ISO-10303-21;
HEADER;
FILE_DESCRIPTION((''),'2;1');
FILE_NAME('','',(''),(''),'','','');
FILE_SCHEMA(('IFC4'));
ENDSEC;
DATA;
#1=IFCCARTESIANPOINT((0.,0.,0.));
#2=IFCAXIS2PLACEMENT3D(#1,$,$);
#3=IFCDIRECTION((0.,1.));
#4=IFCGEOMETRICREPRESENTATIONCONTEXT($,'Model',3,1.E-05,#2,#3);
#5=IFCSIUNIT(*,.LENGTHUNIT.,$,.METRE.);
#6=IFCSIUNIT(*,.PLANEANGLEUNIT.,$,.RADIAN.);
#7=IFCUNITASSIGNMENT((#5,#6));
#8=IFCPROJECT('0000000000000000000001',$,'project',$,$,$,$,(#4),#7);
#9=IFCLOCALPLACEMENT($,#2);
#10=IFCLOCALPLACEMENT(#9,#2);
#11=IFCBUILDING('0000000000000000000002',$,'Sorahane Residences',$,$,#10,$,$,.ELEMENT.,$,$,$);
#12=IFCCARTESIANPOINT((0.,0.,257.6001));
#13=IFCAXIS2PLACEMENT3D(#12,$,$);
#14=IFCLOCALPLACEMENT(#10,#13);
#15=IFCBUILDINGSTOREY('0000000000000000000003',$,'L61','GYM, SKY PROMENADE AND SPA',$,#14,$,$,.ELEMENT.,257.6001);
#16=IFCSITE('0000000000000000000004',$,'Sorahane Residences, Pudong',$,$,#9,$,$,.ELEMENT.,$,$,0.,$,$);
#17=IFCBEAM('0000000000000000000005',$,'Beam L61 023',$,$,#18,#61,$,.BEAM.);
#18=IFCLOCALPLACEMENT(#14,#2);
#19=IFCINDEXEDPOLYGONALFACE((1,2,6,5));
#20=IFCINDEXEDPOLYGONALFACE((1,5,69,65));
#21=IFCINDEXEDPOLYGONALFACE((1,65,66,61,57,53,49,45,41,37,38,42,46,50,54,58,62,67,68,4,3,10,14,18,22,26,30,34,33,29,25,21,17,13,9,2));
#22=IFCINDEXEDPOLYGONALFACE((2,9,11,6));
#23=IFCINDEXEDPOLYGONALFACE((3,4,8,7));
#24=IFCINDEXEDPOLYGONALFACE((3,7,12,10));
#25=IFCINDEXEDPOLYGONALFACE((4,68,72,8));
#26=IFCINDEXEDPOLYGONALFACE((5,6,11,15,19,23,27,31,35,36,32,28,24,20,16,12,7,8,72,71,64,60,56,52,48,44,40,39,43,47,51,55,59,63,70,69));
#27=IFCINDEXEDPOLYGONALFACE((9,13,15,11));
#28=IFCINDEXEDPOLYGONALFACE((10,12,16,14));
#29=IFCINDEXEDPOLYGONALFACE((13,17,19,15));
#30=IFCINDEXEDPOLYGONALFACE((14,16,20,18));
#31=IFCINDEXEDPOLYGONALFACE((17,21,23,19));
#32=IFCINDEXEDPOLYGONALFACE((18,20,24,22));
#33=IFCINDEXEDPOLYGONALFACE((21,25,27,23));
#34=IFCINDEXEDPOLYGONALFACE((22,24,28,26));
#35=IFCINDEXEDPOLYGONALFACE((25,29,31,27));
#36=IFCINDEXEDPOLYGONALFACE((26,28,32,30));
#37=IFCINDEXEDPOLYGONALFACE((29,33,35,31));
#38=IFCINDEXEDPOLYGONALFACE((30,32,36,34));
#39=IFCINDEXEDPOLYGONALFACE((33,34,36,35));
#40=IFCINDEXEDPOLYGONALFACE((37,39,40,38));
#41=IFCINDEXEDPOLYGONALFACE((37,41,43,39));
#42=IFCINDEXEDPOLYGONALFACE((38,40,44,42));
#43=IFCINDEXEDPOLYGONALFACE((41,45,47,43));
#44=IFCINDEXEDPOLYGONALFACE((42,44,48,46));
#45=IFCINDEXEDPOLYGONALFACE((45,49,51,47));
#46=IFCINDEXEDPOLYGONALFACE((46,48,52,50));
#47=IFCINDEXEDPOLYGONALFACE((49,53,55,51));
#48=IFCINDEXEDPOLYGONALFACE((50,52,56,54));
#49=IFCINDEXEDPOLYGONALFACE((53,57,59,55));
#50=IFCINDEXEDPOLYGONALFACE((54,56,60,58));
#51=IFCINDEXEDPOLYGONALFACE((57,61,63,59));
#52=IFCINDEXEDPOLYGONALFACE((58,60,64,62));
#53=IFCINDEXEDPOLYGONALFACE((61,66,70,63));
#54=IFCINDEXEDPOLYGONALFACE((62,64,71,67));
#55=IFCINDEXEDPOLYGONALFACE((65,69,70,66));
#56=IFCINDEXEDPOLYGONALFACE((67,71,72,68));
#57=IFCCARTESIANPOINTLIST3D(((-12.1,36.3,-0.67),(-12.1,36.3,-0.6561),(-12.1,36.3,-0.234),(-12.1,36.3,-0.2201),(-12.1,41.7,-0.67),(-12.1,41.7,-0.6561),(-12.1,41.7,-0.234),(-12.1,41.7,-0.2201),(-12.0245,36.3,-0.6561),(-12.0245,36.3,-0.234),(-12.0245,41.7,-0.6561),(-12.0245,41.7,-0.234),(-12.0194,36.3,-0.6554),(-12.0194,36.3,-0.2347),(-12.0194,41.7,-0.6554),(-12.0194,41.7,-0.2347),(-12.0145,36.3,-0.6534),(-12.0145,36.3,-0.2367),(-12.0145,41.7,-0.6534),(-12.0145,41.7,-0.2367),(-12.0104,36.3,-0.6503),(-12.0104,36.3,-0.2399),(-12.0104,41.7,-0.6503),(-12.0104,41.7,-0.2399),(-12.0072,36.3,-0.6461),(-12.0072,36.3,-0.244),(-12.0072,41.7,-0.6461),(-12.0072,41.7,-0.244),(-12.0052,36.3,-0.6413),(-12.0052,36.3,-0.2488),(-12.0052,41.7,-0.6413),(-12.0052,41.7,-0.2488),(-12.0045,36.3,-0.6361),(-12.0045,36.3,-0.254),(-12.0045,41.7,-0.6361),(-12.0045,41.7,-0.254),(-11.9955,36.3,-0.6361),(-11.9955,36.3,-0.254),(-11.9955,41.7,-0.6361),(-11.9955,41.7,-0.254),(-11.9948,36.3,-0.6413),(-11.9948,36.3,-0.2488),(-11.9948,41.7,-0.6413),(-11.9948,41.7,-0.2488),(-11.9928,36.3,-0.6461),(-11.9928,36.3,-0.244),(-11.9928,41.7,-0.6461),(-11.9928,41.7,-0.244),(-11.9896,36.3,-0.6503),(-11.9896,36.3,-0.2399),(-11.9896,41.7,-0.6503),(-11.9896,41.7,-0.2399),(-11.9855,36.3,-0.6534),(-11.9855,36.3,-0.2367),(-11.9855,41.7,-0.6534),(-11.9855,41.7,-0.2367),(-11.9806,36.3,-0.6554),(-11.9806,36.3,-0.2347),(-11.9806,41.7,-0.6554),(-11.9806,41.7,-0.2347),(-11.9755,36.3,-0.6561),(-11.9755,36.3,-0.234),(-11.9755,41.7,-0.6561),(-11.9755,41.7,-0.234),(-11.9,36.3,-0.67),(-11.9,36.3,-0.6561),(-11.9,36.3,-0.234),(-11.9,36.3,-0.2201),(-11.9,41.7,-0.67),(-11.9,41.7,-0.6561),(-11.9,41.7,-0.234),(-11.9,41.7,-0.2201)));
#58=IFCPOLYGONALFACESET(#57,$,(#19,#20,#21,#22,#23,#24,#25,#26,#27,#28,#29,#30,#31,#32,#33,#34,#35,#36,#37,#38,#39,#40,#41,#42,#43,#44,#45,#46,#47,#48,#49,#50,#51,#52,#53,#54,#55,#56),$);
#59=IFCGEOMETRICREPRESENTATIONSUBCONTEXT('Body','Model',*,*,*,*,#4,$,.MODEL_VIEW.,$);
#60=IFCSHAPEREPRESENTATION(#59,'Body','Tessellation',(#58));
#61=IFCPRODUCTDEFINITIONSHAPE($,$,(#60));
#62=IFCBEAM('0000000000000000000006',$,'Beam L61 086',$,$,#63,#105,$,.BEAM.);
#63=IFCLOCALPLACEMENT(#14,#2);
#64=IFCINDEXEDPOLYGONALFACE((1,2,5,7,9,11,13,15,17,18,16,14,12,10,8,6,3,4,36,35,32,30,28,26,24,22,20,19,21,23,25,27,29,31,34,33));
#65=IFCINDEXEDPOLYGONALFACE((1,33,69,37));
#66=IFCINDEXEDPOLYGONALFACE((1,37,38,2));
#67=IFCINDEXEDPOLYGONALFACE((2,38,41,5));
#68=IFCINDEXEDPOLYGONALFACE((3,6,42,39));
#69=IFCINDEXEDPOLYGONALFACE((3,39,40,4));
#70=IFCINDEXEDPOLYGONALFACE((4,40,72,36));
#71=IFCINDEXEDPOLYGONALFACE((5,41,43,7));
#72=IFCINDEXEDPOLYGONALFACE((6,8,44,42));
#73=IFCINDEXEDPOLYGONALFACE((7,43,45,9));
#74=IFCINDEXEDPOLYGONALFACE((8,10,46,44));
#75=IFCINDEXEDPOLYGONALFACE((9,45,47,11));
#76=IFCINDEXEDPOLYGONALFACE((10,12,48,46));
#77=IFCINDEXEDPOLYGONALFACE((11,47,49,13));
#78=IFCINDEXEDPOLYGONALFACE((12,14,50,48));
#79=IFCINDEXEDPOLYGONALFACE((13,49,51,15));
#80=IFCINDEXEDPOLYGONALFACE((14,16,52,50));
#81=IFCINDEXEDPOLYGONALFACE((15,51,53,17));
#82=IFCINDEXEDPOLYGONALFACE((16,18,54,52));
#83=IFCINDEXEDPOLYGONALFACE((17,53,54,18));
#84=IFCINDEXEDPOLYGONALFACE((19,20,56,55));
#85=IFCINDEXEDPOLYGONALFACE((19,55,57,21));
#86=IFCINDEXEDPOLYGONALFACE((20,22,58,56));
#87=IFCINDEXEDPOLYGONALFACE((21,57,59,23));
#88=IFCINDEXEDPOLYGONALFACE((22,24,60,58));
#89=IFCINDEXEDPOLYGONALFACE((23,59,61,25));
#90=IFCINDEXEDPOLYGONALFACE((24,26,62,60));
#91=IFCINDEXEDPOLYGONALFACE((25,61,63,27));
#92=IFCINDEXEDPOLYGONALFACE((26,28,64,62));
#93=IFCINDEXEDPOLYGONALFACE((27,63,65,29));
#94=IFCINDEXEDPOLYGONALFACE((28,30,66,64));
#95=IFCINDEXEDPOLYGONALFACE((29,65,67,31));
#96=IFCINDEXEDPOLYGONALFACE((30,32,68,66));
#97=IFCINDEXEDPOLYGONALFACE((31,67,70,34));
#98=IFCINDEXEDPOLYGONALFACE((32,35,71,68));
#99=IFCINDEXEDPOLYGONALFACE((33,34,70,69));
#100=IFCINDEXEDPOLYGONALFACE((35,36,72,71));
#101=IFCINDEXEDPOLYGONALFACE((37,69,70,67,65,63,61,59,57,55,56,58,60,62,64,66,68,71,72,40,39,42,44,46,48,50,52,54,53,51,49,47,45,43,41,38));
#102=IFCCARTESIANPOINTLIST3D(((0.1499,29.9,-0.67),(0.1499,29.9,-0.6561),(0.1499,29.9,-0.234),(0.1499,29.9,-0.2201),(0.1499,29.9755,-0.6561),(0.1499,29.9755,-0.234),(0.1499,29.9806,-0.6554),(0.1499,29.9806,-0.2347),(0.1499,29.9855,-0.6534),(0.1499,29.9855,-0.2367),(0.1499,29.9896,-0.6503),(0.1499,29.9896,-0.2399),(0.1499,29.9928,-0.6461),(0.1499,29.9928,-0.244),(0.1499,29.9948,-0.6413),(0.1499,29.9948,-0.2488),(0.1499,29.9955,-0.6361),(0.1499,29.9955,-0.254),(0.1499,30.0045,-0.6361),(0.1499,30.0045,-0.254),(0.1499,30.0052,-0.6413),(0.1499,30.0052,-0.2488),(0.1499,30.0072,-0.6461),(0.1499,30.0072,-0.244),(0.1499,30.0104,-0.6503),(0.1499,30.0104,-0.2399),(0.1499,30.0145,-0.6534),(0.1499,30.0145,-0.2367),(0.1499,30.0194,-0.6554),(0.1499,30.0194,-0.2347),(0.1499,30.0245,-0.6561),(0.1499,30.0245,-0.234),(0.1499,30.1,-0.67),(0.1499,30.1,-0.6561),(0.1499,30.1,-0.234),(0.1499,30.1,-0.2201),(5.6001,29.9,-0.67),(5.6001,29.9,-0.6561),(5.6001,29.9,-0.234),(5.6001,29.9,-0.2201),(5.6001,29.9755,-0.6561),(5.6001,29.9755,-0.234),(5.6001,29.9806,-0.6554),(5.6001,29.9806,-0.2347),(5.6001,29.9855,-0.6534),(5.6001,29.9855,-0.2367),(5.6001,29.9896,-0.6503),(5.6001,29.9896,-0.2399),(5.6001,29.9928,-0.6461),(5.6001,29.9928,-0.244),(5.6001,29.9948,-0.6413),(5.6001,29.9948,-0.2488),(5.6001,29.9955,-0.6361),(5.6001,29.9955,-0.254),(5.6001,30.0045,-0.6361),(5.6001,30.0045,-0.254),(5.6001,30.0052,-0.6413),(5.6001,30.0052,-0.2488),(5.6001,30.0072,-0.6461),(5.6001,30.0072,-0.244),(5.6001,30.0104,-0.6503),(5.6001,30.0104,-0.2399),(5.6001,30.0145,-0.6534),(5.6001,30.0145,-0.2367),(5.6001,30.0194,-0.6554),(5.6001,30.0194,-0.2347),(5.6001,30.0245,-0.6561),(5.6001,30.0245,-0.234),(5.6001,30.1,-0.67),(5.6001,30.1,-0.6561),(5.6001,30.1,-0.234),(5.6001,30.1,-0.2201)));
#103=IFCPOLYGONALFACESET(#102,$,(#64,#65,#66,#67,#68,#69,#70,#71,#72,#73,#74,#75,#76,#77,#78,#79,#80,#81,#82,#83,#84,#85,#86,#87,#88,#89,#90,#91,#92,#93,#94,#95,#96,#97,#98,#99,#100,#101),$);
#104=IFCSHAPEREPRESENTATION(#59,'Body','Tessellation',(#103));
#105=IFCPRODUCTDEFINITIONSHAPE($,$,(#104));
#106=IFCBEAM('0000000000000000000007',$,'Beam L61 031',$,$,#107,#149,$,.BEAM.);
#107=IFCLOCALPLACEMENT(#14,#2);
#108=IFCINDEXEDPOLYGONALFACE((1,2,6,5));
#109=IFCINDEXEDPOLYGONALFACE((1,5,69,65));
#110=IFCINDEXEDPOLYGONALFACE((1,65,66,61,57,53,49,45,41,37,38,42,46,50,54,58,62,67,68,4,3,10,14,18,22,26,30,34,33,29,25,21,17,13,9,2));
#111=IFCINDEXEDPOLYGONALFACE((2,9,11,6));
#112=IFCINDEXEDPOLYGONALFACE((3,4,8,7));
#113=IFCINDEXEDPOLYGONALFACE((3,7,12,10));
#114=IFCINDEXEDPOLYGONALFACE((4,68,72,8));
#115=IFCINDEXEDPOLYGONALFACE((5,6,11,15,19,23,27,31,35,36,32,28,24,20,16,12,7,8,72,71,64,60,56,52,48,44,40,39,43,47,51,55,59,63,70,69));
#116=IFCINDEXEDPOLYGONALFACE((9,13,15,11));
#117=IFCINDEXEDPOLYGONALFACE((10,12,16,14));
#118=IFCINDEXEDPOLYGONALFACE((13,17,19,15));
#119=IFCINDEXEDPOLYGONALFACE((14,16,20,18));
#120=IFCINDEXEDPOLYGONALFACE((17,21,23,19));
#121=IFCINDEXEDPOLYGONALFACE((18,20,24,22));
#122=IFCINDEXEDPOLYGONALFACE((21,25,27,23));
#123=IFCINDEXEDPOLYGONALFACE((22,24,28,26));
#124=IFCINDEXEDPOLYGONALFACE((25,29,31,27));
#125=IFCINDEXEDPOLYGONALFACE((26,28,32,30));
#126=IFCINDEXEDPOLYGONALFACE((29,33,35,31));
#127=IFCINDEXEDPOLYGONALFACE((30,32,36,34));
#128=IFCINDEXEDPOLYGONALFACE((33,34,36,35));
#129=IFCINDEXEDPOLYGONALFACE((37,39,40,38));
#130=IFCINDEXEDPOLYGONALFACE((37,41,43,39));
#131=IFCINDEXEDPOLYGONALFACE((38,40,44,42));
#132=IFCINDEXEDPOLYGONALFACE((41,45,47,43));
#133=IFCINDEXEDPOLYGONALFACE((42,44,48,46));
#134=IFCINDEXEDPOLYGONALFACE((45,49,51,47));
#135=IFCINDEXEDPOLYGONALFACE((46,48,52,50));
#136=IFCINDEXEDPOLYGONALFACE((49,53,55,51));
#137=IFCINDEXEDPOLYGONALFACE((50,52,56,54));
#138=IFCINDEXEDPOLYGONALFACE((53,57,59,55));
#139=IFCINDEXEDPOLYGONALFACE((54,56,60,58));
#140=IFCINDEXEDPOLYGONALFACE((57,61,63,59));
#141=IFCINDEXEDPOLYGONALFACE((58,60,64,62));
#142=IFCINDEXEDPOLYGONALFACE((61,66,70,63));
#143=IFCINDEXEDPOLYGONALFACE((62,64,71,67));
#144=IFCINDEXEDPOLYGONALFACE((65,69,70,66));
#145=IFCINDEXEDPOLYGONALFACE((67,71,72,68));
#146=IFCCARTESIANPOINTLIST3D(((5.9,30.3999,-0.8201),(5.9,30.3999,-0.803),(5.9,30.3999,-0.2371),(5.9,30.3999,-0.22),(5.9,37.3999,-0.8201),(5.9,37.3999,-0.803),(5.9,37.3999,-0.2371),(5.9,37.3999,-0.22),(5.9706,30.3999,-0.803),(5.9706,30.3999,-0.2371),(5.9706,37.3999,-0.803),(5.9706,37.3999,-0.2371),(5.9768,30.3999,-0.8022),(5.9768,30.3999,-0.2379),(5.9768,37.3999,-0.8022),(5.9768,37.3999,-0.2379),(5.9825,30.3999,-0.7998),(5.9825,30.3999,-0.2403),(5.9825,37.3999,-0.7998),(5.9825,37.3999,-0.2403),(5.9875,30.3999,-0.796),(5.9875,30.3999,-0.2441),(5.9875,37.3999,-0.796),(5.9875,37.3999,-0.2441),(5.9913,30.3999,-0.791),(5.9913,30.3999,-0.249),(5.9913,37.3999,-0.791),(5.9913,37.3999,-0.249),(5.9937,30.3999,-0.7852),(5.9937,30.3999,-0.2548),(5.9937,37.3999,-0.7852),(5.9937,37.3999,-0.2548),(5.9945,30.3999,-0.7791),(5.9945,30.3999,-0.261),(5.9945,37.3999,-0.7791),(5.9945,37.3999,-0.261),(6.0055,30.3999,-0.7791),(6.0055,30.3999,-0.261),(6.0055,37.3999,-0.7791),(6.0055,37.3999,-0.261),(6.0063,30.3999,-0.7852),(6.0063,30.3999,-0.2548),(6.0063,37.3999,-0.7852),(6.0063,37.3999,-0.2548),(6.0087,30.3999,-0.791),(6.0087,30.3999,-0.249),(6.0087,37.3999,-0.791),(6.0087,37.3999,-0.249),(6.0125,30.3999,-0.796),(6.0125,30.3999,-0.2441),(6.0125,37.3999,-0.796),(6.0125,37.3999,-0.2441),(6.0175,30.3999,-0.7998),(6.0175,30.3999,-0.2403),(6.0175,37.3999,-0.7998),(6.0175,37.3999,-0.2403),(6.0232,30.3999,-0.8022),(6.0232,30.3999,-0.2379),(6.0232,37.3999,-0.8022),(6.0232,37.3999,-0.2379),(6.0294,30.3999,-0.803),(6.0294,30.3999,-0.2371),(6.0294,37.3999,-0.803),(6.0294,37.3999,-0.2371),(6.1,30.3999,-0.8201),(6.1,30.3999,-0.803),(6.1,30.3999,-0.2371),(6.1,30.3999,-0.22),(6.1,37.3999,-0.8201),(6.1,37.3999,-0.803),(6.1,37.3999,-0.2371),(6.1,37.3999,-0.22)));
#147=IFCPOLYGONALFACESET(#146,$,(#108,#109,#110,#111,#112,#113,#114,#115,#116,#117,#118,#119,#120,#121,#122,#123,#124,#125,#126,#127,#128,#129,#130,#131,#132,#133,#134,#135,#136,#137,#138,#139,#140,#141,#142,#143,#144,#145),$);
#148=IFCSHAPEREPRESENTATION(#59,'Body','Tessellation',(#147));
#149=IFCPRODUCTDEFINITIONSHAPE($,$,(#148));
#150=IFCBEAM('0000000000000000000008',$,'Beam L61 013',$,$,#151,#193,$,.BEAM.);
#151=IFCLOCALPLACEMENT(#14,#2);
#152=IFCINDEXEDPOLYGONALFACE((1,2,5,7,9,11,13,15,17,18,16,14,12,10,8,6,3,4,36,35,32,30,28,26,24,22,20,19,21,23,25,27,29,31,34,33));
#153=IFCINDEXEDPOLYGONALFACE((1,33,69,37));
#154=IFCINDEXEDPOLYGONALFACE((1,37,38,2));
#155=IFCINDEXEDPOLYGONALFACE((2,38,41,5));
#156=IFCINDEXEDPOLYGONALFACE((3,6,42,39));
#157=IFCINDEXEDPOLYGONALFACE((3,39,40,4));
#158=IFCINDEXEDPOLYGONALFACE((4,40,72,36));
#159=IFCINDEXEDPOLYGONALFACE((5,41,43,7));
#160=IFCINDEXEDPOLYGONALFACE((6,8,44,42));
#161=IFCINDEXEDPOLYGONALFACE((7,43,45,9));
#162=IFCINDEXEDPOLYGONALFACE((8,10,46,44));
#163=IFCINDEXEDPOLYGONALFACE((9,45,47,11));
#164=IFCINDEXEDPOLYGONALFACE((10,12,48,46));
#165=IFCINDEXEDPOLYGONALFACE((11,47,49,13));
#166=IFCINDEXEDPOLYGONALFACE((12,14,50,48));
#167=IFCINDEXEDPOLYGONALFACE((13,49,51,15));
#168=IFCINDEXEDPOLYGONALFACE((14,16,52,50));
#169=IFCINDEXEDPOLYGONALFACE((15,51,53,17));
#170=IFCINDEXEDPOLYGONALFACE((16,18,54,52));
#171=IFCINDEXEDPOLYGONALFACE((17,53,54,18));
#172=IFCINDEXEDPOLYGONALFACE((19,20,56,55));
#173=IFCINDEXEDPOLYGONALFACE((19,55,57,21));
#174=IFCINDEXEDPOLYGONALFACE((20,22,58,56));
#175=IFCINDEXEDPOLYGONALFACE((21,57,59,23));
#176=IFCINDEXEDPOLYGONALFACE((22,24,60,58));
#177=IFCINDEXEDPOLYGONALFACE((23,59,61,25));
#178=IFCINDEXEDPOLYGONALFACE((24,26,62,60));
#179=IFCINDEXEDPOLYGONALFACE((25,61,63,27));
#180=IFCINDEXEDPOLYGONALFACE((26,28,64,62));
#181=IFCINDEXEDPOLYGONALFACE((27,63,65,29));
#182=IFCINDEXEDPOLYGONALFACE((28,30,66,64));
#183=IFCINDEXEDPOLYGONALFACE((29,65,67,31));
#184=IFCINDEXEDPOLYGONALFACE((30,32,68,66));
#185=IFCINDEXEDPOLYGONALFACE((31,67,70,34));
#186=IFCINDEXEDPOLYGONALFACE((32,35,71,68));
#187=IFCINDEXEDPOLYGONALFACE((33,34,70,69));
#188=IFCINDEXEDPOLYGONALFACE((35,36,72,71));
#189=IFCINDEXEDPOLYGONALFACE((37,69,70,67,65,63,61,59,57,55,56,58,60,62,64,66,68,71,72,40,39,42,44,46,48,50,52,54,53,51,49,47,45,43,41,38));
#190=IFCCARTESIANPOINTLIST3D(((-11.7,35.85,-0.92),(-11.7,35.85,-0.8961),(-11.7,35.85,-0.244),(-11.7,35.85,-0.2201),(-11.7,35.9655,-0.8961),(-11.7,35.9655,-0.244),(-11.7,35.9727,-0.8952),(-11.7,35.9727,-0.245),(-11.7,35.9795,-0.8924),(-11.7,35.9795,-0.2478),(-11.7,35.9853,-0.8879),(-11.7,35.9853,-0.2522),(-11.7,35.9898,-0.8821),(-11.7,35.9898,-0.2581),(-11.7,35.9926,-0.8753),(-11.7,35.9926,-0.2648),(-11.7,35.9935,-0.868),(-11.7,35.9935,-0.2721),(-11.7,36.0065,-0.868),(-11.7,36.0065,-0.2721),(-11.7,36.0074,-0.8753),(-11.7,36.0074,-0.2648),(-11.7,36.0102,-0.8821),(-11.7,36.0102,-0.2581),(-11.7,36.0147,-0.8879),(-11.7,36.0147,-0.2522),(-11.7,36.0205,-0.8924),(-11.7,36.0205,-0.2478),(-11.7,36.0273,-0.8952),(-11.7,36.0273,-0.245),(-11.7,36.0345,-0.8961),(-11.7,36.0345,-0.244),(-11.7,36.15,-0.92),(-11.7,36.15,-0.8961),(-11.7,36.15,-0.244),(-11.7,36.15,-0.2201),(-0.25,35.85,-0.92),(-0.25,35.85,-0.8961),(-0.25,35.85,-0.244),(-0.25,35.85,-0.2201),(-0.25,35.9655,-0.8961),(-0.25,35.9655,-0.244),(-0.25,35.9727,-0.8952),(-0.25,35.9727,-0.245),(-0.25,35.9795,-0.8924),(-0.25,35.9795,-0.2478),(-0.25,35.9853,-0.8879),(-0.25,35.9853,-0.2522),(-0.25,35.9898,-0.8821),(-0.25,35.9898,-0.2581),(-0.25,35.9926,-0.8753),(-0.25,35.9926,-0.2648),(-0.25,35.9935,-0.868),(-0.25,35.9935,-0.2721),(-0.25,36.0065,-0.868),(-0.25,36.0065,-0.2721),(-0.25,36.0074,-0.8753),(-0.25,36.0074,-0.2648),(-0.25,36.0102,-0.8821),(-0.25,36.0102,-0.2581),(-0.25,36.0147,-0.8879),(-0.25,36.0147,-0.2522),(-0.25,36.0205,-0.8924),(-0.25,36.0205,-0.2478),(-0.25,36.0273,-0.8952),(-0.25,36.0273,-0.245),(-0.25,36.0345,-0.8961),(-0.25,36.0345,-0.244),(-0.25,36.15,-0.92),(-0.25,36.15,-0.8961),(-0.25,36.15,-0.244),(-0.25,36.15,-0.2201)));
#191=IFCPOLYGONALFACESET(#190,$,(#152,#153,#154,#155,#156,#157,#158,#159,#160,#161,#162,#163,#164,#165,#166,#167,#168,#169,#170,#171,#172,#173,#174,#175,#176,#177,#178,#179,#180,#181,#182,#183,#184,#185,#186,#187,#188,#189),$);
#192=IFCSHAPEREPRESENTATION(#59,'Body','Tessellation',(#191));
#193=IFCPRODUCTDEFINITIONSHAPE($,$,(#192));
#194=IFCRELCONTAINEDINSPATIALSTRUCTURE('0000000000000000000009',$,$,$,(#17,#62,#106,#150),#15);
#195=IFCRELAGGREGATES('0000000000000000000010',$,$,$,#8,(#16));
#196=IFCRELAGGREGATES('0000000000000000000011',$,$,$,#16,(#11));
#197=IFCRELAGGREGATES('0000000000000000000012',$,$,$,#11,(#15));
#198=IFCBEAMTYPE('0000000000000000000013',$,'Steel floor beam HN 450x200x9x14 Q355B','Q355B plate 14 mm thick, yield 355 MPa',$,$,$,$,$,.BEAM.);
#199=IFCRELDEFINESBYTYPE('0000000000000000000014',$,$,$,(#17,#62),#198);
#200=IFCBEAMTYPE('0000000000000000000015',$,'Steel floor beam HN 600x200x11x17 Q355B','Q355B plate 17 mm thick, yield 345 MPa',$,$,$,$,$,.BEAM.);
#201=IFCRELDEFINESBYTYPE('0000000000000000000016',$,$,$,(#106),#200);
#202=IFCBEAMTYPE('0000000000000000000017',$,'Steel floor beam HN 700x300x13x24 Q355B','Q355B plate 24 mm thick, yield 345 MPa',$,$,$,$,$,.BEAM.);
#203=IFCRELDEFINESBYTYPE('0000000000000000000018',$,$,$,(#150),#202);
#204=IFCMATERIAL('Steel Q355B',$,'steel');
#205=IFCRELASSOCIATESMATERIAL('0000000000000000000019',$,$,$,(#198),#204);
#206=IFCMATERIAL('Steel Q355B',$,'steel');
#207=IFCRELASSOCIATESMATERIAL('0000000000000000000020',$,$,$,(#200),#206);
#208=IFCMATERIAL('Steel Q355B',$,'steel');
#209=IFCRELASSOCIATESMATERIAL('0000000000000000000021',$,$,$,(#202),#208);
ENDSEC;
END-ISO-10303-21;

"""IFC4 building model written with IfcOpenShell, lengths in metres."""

from ifc_helpers import new_model, si_unit, direction, frame, origin, origin_2d, place, context, subcontext, project, spatial, i_section, extrude, material, material_profile, profile_set, type_object, element, save


model = new_model("IFC4")

# Units and contexts
model_context = context("Model", 3, precision=1e-05, world=origin(), true_north=direction((0.0, 1.0)))
body_context = subcontext(model_context, "Body", "Model", "MODEL_VIEW")
ifc_project = project(units=[si_unit("LENGTHUNIT", "METRE"), si_unit("PLANEANGLEUNIT", "RADIAN")], contexts=[model_context])

# Site, building, storey
site_placement = place(None, origin())
site = spatial("IfcSite", under=ifc_project, at=site_placement, Name="Sorahane Residences, Pudong", CompositionType="ELEMENT", RefElevation=0.0)
building_placement = place(site_placement, origin())
building = spatial("IfcBuilding", under=site, at=building_placement, Name="Sorahane Residences", CompositionType="ELEMENT")
storey_placement = place(building_placement, frame((0.0, 0.0, 257.6001)))
storey = spatial("IfcBuildingStorey", under=building, at=storey_placement, Name="L61", Description="GYM, SKY PROMENADE AND SPA", CompositionType="ELEMENT", Elevation=257.6001)

# Beams
ifc_material_1 = material(Name="Steel Q355B", Category="steel")
ifc_material_profile_1 = material_profile(ifc_material_1, i_section(OverallWidth=0.2, OverallDepth=0.45, WebThickness=0.009, FlangeThickness=0.0139, FilletRadius=0.02, at=origin_2d()), Name="HN 450x200x9x14")
ifc_profile_set_1 = profile_set([ifc_material_profile_1], Name="Steel Q355B")
beam_type_1 = type_object("IfcBeamType", Name="Steel floor beam HN 450x200x9x14 Q355B", Description="Q355B plate 14 mm thick, yield 355 MPa", PredefinedType="BEAM", material=ifc_profile_set_1)
beam_1_placement = place(storey_placement, frame((-12.0, 36.3, -0.4451), z_axis=(0.0, 1.0, 0.0), x_axis=(-1.0, 0.0, 0.0)))
element("IfcBeam", 1, at=beam_1_placement, inside=storey, type_object=beam_type_1, Name="Beam L61 023", PredefinedType="BEAM", context=body_context, shape_type="SweptSolid", body=[
    extrude(i_section(OverallWidth=0.2, OverallDepth=0.45, WebThickness=0.009, FlangeThickness=0.0139, FilletRadius=0.02, at=origin_2d()), origin(), (0.0, 0.0, 1.0), 5.3999),
])
beam_2_placement = place(storey_placement, frame((0.1499, 30.0, -0.4451), z_axis=(1.0, 0.0, 0.0), x_axis=(0.0, 1.0, 0.0)))
element("IfcBeam", 2, at=beam_2_placement, inside=storey, type_object=beam_type_1, Name="Beam L61 086", PredefinedType="BEAM", context=body_context, shape_type="SweptSolid", body=[
    extrude(i_section(OverallWidth=0.2, OverallDepth=0.45, WebThickness=0.009, FlangeThickness=0.0139, FilletRadius=0.02, at=origin_2d()), origin(), (0.0, 0.0, 1.0), 5.4502),
])
ifc_material_2 = material(Name="Steel Q355B", Category="steel")
ifc_material_profile_2 = material_profile(ifc_material_2, i_section(OverallWidth=0.2, OverallDepth=0.6001, WebThickness=0.011, FlangeThickness=0.0171, FilletRadius=0.0239, at=origin_2d()), Name="HN 600x200x11x17")
ifc_profile_set_2 = profile_set([ifc_material_profile_2], Name="Steel Q355B")
beam_type_2 = type_object("IfcBeamType", Name="Steel floor beam HN 600x200x11x17 Q355B", Description="Q355B plate 17 mm thick, yield 345 MPa", PredefinedType="BEAM", material=ifc_profile_set_2)
beam_3_placement = place(storey_placement, frame((6.0, 30.3999, -0.52), z_axis=(0.0, 1.0, 0.0), x_axis=(-1.0, 0.0, 0.0)))
element("IfcBeam", 3, at=beam_3_placement, inside=storey, type_object=beam_type_2, Name="Beam L61 031", PredefinedType="BEAM", context=body_context, shape_type="SweptSolid", body=[
    extrude(i_section(OverallWidth=0.2, OverallDepth=0.6001, WebThickness=0.011, FlangeThickness=0.0171, FilletRadius=0.0239, at=origin_2d()), origin(), (0.0, 0.0, 1.0), 7.0),
])
ifc_material_3 = material(Name="Steel Q355B", Category="steel")
ifc_material_profile_3 = material_profile(ifc_material_3, i_section(OverallWidth=0.3, OverallDepth=0.7, WebThickness=0.0129, FlangeThickness=0.0239, FilletRadius=0.0281, at=origin_2d()), Name="HN 700x300x13x24")
ifc_profile_set_3 = profile_set([ifc_material_profile_3], Name="Steel Q355B")
beam_type_3 = type_object("IfcBeamType", Name="Steel floor beam HN 700x300x13x24 Q355B", Description="Q355B plate 24 mm thick, yield 345 MPa", PredefinedType="BEAM", material=ifc_profile_set_3)
beam_4_placement = place(storey_placement, frame((-11.7, 36.0, -0.5701), z_axis=(1.0, 0.0, 0.0), x_axis=(0.0, 1.0, 0.0)))
element("IfcBeam", 4, at=beam_4_placement, inside=storey, type_object=beam_type_3, Name="Beam L61 013", PredefinedType="BEAM", context=body_context, shape_type="SweptSolid", body=[
    extrude(i_section(OverallWidth=0.3, OverallDepth=0.7, WebThickness=0.0129, FlangeThickness=0.0239, FilletRadius=0.0281, at=origin_2d()), origin(), (0.0, 0.0, 1.0), 11.45),
])

save(model, "model.ifc")
